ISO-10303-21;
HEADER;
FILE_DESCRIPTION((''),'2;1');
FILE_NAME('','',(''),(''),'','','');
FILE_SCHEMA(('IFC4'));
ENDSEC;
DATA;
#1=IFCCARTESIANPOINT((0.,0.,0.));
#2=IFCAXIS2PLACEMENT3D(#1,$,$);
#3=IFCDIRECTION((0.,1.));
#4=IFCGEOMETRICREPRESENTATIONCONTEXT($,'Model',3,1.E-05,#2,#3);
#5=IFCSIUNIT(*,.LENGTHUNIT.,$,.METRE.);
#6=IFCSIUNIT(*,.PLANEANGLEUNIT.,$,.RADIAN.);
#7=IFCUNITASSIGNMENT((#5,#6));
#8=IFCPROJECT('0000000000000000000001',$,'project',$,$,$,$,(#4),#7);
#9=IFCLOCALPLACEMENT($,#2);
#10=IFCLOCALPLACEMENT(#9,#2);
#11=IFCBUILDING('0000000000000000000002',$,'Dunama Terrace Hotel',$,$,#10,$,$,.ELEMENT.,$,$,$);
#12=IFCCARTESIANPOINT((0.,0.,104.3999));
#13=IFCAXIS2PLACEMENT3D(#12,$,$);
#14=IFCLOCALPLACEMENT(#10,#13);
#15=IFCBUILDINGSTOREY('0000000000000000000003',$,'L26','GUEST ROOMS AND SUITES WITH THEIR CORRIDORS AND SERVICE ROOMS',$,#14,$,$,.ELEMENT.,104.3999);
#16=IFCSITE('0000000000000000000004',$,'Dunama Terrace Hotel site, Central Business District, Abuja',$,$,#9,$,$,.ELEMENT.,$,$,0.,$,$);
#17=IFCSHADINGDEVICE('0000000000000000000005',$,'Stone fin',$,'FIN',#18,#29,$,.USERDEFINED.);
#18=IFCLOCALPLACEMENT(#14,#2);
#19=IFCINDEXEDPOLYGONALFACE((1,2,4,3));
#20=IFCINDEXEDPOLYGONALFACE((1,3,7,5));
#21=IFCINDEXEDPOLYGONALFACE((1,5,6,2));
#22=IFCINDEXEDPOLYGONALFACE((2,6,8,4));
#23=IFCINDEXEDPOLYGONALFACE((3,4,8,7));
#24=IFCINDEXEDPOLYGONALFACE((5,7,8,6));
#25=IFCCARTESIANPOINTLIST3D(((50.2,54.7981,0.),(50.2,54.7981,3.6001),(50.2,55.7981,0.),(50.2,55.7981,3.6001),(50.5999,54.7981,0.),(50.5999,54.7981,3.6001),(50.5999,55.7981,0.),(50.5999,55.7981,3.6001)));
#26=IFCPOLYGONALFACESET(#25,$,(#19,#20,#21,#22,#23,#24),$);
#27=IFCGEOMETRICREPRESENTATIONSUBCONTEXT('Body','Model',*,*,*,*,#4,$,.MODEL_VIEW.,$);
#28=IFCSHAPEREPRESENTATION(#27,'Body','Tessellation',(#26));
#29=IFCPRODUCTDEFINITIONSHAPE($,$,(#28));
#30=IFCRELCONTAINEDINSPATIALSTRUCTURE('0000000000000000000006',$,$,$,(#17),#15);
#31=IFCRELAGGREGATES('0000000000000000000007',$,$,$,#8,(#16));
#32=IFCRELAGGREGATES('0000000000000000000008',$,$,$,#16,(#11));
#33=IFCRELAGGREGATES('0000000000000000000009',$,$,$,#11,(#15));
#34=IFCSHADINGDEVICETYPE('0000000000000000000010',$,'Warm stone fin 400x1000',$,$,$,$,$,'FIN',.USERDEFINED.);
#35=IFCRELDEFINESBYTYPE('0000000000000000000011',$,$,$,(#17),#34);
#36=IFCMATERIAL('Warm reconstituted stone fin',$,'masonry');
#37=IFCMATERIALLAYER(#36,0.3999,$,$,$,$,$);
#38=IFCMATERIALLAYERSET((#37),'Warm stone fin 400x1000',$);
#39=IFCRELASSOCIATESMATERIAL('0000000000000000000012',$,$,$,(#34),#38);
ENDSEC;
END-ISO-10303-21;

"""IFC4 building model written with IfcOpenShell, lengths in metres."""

from ifc_helpers import new_model, si_unit, direction, frame, origin, origin_2d, place, context, subcontext, project, spatial, rectangle, extrude, material, layer, layer_set, type_object, element, save


model = new_model("IFC4")

# Units and contexts
model_context = context("Model", 3, precision=1e-05, world=origin(), true_north=direction((0.0, 1.0)))
body_context = subcontext(model_context, "Body", "Model", "MODEL_VIEW")
ifc_project = project(units=[si_unit("LENGTHUNIT", "METRE"), si_unit("PLANEANGLEUNIT", "RADIAN")], contexts=[model_context])

# Site, building, storey
site_placement = place(None, origin())
site = spatial("IfcSite", under=ifc_project, at=site_placement, Name="Dunama Terrace Hotel site, Central Business District, Abuja", CompositionType="ELEMENT", RefElevation=0.0)
building_placement = place(site_placement, origin())
building = spatial("IfcBuilding", under=site, at=building_placement, Name="Dunama Terrace Hotel", CompositionType="ELEMENT")
storey_placement = place(building_placement, frame((0.0, 0.0, 104.3999)))
storey = spatial("IfcBuildingStorey", under=building, at=storey_placement, Name="L26", Description="GUEST ROOMS AND SUITES WITH THEIR CORRIDORS AND SERVICE ROOMS", CompositionType="ELEMENT", Elevation=104.3999)

# Shading device
ifc_material_1 = material(Name="Warm reconstituted stone fin", Category="masonry")
ifc_layer_1 = layer(ifc_material_1, 0.3999)
ifc_layer_set_1 = layer_set([ifc_layer_1], Name="Warm stone fin 400x1000")
shading_device_type = type_object("IfcShadingDeviceType", Name="Warm stone fin 400x1000", ElementType="FIN", PredefinedType="USERDEFINED", material=ifc_layer_set_1)
shading_device_placement = place(storey_placement, frame((50.3999, 55.2981, 0.0), z_axis=(0.0, 0.0, 1.0), x_axis=(-1.0, 0.0, 0.0)))
element("IfcShadingDevice", 1, at=shading_device_placement, inside=storey, type_object=shading_device_type, Name="Stone fin", ObjectType="FIN", PredefinedType="USERDEFINED", context=body_context, shape_type="SweptSolid", body=[
    extrude(rectangle(XDim=0.3999, YDim=1.0, at=origin_2d()), origin(), (0.0, 0.0, 1.0), 3.6001),
])

save(model, "model.ifc")
